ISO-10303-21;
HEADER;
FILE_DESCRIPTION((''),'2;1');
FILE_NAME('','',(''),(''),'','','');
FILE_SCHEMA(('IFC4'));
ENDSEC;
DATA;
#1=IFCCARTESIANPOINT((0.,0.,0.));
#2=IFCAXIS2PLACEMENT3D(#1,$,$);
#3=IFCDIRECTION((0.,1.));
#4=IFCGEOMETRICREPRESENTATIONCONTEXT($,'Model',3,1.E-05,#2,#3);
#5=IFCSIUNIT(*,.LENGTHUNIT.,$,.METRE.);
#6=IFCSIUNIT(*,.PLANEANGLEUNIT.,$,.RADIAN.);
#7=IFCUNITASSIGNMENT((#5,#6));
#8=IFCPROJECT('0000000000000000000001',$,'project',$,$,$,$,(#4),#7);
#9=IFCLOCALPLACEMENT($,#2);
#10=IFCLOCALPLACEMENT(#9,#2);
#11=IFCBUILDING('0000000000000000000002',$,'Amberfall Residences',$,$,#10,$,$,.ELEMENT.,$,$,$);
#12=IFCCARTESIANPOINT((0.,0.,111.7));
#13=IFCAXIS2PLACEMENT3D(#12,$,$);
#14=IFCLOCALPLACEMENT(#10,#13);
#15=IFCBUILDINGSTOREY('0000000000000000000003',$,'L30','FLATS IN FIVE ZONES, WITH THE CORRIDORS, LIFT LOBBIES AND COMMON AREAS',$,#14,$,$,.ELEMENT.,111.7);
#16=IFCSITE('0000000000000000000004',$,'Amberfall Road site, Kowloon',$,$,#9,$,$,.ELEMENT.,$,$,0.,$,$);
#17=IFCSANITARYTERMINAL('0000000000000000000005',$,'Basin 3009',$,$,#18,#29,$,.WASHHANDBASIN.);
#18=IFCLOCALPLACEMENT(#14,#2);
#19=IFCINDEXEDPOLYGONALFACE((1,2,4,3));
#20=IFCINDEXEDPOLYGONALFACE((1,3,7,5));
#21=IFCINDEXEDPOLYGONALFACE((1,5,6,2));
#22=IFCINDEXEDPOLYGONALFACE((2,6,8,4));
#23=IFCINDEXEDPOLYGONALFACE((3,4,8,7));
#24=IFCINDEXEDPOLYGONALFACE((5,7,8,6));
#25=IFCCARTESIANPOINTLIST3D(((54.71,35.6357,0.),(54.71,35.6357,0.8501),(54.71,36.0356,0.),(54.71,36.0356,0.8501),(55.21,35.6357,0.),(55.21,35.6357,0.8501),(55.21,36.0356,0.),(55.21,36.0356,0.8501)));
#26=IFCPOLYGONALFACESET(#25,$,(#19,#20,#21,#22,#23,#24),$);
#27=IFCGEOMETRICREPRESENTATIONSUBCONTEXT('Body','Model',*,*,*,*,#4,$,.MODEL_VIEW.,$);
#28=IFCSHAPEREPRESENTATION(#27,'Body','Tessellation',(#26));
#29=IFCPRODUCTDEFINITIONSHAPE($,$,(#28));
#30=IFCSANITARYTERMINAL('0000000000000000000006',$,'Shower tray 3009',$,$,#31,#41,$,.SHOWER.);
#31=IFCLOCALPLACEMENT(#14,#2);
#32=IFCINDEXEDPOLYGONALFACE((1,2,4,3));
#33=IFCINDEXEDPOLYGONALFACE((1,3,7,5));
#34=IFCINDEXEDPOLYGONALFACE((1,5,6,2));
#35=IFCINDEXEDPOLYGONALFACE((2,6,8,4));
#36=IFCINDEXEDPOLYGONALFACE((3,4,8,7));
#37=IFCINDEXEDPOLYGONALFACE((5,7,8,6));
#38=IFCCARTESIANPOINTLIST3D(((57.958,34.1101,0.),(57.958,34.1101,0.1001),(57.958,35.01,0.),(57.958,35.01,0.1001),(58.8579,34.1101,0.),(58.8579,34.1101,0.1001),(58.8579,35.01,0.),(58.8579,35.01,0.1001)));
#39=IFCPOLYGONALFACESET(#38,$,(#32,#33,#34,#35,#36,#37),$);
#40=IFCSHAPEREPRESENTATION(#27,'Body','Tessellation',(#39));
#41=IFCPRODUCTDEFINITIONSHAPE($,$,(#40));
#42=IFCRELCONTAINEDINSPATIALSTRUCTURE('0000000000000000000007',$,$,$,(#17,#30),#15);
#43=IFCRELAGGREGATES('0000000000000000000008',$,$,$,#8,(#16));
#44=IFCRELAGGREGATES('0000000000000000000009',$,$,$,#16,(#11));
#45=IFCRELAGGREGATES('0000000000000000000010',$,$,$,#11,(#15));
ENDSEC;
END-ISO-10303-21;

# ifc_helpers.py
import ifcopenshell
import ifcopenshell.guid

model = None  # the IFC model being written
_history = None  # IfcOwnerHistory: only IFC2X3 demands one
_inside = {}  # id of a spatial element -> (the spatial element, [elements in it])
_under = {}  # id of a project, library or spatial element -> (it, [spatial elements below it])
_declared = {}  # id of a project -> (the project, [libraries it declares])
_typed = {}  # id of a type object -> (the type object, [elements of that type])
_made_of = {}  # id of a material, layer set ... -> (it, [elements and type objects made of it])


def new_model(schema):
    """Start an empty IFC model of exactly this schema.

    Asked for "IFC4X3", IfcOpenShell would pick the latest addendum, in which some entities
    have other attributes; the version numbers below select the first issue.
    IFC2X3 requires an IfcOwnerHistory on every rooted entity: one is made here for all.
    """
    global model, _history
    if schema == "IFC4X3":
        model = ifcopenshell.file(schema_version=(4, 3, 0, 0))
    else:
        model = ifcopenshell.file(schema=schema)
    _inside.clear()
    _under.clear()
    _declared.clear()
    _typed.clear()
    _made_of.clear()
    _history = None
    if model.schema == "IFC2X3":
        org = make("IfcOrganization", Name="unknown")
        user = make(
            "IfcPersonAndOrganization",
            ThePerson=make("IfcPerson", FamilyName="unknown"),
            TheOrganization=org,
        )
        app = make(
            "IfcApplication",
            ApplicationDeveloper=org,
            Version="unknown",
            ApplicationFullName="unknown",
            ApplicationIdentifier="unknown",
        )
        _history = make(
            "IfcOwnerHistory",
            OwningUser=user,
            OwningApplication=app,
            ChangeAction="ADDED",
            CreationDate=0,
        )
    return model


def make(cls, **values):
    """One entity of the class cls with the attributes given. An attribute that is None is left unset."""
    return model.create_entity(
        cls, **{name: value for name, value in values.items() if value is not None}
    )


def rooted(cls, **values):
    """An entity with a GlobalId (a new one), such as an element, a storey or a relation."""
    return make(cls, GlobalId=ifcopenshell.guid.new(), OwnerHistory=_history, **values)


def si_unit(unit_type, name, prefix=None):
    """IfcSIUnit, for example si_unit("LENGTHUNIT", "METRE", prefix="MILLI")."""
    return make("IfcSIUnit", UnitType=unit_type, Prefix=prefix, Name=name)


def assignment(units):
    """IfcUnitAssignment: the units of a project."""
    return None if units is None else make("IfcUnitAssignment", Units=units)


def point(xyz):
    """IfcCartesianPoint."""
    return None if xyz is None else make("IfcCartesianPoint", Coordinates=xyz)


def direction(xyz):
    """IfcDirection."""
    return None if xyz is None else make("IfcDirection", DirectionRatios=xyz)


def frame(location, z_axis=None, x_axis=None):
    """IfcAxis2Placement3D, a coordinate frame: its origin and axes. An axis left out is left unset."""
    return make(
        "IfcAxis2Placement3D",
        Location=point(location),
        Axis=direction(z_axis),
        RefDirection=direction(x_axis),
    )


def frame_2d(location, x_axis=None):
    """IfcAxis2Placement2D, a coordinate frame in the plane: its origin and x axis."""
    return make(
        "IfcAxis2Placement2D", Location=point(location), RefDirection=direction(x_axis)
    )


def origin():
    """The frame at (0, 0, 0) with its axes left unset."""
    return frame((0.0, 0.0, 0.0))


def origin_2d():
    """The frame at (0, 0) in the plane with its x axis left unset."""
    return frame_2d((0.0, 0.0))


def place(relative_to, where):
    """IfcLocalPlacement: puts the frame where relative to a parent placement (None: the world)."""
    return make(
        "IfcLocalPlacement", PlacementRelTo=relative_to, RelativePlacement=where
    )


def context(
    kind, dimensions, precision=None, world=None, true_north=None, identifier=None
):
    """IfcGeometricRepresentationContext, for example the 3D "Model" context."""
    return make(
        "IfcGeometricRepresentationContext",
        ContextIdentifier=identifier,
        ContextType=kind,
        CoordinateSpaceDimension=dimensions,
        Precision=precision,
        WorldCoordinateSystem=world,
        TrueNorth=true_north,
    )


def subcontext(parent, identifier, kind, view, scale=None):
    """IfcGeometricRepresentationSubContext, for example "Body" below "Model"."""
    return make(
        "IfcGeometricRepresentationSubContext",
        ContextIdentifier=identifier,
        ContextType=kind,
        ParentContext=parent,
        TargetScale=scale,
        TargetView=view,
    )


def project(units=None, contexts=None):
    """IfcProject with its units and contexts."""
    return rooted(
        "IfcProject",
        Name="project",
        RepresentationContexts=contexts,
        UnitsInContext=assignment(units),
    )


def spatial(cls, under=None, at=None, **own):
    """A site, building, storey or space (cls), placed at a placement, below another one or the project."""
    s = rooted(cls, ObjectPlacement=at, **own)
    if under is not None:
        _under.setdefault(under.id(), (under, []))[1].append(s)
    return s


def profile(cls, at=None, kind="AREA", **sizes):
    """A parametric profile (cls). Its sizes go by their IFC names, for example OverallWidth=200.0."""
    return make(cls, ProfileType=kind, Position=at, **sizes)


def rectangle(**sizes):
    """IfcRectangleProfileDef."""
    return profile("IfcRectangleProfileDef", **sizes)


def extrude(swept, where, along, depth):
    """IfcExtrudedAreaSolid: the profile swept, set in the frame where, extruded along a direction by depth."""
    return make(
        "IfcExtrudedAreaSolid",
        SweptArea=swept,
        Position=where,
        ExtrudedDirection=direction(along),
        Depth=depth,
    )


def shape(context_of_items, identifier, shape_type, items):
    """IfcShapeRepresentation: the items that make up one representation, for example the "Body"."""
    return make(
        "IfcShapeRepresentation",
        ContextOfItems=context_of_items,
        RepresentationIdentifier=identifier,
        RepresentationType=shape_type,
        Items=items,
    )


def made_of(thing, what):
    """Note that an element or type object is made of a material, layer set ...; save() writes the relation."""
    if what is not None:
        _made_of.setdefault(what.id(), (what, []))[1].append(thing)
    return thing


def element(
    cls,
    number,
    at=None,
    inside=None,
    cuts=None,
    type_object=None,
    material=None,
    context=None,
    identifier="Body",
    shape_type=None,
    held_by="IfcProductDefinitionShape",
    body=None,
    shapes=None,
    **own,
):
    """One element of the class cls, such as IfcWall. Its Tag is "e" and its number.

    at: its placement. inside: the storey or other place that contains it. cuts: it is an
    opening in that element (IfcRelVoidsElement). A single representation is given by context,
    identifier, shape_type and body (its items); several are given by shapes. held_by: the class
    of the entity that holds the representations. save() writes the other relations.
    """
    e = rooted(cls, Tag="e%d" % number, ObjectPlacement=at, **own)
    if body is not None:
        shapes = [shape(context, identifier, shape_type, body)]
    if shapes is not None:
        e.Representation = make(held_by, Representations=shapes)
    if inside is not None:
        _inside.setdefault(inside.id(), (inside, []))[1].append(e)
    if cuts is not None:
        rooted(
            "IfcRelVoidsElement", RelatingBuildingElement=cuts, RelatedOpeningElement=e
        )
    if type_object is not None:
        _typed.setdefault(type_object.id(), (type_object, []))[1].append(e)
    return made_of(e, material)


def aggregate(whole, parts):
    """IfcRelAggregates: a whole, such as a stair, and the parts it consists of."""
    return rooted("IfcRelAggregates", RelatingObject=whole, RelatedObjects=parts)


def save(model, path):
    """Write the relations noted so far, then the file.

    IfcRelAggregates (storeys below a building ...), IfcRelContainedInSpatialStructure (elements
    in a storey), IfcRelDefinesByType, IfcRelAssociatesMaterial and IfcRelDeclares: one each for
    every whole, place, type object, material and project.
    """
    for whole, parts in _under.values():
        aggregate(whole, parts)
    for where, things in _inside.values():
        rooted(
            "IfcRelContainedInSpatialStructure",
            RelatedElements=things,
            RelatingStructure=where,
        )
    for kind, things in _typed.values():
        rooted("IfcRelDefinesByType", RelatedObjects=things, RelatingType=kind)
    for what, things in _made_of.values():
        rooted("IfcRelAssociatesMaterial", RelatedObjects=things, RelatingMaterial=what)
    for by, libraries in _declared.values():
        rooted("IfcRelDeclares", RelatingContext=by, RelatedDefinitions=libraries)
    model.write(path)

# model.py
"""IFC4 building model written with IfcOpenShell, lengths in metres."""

from ifc_helpers import new_model, si_unit, direction, frame, origin, origin_2d, place, context, subcontext, project, spatial, rectangle, extrude, element, save


model = new_model("IFC4")

# Units and contexts
model_context = context("Model", 3, precision=1e-05, world=origin(), true_north=direction((0.0, 1.0)))
body_context = subcontext(model_context, "Body", "Model", "MODEL_VIEW")
ifc_project = project(units=[si_unit("LENGTHUNIT", "METRE"), si_unit("PLANEANGLEUNIT", "RADIAN")], contexts=[model_context])

# Site, building, storey
site_placement = place(None, origin())
site = spatial("IfcSite", under=ifc_project, at=site_placement, Name="Amberfall Road site, Kowloon", CompositionType="ELEMENT", RefElevation=0.0)
building_placement = place(site_placement, origin())
building = spatial("IfcBuilding", under=site, at=building_placement, Name="Amberfall Residences", CompositionType="ELEMENT")
storey_placement = place(building_placement, frame((0.0, 0.0, 111.7)))
storey = spatial("IfcBuildingStorey", under=building, at=storey_placement, Name="L30", Description="FLATS IN FIVE ZONES, WITH THE CORRIDORS, LIFT LOBBIES AND COMMON AREAS", CompositionType="ELEMENT", Elevation=111.7)

# Sanitary terminals
sanitary_terminal_1_placement = place(storey_placement, frame((54.96, 35.8357, 0.0), z_axis=(0.0, 0.0, 1.0), x_axis=(1.0, 0.0, 0.0)))
element("IfcSanitaryTerminal", 1, at=sanitary_terminal_1_placement, inside=storey, Name="Basin 3009", PredefinedType="WASHHANDBASIN", context=body_context, shape_type="SweptSolid", body=[
    extrude(rectangle(XDim=0.5, YDim=0.3999, at=origin_2d()), origin(), (0.0, 0.0, 1.0), 0.8501),
])
sanitary_terminal_2_placement = place(storey_placement, frame((58.408, 34.5601, 0.0), z_axis=(0.0, 0.0, 1.0), x_axis=(1.0, 0.0, 0.0)))
element("IfcSanitaryTerminal", 2, at=sanitary_terminal_2_placement, inside=storey, Name="Shower tray 3009", PredefinedType="SHOWER", context=body_context, shape_type="SweptSolid", body=[
    extrude(rectangle(XDim=0.8999, YDim=0.8999, at=origin_2d()), origin(), (0.0, 0.0, 1.0), 0.1001),
])

save(model, "model.ifc")
